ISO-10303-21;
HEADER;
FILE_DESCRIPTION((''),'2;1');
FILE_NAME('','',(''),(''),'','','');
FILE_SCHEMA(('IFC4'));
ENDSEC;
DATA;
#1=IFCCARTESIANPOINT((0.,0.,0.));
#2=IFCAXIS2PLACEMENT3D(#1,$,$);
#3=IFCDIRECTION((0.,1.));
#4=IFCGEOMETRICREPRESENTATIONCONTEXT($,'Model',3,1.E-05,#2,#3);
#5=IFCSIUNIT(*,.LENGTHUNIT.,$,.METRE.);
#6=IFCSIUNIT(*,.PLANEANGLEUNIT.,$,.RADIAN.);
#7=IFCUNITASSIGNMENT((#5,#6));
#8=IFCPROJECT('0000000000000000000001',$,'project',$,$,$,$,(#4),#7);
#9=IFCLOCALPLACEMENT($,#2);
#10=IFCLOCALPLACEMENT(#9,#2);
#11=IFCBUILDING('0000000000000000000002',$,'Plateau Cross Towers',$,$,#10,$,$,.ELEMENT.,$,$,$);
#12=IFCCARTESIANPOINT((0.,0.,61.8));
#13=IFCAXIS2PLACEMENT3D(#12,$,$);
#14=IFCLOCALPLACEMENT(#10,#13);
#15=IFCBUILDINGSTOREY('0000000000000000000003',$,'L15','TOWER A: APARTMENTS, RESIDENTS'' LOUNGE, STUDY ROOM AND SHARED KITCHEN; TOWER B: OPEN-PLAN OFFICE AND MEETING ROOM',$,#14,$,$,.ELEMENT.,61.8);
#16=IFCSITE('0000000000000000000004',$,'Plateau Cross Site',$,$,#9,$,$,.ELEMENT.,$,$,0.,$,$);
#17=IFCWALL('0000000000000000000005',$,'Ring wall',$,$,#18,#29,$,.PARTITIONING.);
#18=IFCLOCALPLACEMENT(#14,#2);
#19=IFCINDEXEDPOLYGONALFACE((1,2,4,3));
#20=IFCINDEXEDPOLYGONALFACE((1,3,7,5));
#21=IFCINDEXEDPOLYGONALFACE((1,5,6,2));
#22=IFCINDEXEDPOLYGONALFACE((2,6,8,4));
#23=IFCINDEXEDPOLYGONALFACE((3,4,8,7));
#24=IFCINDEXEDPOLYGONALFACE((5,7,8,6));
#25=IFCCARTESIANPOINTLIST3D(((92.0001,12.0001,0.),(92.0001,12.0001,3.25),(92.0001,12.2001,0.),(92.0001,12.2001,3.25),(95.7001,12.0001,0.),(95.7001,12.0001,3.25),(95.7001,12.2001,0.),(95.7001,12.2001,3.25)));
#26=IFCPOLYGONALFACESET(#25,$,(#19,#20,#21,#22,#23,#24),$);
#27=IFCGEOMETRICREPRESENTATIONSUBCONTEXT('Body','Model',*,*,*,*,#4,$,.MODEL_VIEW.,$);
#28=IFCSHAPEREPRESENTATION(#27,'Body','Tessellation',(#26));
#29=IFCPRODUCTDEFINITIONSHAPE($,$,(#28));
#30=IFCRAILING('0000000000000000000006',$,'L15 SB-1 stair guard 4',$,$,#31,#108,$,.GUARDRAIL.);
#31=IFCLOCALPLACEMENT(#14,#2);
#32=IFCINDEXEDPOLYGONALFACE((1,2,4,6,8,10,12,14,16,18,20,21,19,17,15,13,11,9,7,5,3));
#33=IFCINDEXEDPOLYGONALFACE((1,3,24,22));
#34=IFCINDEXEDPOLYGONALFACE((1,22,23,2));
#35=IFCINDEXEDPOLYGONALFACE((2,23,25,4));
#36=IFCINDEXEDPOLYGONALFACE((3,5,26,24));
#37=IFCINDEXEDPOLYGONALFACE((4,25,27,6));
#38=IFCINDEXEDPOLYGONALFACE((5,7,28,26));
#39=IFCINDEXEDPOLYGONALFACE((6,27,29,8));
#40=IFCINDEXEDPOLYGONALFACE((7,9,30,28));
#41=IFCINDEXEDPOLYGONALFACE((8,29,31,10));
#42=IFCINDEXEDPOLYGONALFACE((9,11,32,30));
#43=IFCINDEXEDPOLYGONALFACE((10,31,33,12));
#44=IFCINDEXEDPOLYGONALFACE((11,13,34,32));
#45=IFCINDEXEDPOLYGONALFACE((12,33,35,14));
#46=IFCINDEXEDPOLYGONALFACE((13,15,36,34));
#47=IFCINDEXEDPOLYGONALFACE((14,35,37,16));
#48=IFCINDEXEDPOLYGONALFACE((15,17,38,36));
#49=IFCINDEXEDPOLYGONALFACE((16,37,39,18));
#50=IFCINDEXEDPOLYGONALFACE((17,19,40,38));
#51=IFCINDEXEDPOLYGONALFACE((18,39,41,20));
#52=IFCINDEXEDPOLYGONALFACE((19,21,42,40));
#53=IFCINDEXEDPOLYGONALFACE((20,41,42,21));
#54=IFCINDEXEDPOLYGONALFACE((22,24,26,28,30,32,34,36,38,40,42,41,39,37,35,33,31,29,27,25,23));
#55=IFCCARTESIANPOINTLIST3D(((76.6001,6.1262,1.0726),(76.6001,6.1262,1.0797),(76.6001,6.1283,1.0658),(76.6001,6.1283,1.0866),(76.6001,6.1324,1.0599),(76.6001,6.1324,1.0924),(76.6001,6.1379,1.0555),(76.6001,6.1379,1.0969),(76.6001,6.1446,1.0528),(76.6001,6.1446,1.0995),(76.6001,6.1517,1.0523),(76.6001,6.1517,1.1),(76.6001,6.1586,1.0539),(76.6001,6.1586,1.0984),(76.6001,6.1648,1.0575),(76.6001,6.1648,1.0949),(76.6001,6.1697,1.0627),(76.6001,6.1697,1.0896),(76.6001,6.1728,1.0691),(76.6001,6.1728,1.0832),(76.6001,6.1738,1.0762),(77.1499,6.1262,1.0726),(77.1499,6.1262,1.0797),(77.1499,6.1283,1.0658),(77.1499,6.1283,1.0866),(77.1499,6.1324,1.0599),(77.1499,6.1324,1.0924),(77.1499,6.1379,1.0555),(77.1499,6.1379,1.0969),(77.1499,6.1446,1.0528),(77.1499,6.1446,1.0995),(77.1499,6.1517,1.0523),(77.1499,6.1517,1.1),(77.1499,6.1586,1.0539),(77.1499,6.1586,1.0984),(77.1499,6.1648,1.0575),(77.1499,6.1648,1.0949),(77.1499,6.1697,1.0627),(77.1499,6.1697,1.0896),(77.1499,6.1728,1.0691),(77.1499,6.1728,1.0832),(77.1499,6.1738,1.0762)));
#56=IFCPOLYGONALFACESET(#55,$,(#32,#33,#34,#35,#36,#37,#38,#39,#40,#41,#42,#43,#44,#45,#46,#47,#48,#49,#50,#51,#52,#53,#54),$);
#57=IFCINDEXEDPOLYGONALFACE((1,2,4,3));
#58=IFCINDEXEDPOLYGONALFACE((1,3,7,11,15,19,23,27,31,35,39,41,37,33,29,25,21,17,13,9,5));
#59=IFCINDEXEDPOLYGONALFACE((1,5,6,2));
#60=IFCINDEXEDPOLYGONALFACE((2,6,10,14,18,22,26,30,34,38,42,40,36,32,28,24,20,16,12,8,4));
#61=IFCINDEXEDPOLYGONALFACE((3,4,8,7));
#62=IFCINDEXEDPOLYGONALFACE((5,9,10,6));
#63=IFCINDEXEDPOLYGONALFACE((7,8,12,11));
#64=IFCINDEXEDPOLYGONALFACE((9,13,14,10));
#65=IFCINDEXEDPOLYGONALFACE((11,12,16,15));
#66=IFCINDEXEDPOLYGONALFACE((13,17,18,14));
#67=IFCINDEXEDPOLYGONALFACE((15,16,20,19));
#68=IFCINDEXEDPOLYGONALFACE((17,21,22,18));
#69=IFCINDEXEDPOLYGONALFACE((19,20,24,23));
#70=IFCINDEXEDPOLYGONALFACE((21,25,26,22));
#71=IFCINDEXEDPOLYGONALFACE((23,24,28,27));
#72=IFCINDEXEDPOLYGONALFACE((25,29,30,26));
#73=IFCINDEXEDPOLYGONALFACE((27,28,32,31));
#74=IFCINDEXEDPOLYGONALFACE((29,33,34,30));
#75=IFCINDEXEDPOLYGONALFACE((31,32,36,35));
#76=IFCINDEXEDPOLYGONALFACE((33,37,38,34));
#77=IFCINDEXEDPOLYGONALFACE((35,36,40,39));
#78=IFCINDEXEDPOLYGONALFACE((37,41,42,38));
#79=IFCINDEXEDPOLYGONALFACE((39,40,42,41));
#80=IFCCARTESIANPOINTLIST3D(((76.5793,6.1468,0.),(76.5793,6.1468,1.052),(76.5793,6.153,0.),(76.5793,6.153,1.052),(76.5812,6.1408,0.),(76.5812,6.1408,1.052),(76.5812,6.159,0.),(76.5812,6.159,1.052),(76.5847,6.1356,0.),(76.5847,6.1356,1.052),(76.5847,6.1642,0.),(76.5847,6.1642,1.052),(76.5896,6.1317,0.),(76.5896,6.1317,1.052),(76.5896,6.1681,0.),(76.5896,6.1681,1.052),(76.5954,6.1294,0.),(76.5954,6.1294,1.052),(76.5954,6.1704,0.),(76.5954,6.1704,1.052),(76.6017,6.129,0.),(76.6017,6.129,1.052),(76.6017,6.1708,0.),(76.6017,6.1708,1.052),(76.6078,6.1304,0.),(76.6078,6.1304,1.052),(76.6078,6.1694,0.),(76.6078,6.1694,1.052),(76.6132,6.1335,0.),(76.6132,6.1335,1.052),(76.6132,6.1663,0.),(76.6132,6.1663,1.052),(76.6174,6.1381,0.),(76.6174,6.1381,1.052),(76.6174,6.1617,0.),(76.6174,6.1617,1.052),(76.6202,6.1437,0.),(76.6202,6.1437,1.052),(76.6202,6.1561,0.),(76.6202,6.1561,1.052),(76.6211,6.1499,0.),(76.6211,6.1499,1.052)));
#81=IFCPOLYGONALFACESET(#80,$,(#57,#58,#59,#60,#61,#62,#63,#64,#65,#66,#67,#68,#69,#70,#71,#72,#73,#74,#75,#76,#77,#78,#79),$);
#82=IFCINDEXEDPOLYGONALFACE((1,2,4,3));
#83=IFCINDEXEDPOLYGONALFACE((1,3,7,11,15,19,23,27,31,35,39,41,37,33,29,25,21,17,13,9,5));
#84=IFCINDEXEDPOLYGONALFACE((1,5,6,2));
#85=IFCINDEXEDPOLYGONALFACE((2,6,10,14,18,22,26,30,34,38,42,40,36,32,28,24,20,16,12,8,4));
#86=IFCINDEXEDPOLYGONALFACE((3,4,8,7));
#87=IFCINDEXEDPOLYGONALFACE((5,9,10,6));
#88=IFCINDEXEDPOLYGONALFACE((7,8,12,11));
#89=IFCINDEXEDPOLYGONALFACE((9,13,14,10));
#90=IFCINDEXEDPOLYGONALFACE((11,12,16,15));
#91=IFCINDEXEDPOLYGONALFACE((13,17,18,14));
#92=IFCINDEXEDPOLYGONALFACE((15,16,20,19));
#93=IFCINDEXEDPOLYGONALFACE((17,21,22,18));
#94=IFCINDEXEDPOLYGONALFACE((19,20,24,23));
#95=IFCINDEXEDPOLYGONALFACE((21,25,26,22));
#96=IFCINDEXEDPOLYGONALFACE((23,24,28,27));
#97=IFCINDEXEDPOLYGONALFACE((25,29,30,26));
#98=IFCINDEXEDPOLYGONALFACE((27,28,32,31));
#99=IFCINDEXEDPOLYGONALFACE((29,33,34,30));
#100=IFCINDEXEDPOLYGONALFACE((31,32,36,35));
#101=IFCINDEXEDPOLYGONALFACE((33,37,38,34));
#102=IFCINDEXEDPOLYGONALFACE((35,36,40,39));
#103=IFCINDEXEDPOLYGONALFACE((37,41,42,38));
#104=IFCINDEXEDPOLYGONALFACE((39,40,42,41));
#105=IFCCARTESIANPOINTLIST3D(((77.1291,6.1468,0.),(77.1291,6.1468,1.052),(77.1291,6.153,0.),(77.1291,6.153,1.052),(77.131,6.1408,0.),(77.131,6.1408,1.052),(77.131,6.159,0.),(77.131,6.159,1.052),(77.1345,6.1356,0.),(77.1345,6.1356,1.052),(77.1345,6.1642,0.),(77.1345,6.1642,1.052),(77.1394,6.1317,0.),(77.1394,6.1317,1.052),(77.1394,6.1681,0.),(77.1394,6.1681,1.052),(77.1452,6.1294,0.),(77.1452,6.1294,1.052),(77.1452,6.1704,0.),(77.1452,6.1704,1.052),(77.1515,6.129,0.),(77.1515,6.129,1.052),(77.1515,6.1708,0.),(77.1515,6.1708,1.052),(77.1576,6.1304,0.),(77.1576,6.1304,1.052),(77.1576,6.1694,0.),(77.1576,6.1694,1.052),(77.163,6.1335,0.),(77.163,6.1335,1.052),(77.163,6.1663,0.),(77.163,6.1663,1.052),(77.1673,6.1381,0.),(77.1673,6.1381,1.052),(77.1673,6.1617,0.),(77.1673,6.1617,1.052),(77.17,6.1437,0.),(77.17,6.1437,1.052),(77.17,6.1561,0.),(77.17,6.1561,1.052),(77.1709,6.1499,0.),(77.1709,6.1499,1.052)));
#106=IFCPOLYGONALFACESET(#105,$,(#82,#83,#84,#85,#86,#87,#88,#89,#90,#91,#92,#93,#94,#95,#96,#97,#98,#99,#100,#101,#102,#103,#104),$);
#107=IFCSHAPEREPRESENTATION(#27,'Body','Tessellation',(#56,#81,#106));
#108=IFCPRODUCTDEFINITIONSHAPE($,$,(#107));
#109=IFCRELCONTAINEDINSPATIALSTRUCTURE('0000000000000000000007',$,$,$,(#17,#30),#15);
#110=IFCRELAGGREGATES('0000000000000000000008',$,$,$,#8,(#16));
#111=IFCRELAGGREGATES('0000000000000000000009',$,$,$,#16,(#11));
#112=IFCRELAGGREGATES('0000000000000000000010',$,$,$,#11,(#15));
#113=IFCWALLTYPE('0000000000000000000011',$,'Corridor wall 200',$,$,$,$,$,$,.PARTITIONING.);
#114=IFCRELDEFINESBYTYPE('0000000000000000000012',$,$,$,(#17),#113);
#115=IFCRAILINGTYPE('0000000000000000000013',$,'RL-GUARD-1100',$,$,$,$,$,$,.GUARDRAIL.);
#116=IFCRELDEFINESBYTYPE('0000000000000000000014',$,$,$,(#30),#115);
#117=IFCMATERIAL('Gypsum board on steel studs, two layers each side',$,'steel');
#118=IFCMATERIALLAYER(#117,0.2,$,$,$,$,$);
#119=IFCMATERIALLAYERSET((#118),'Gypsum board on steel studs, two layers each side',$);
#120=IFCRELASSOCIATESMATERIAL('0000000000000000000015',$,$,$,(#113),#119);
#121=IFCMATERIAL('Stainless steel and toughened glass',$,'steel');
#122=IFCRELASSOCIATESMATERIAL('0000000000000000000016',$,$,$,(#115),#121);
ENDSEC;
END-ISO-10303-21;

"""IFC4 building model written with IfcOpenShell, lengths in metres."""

from ifc_helpers import new_model, si_unit, direction, frame, frame_2d, origin, origin_2d, place, context, subcontext, project, spatial, rectangle, circle, extrude, material, layer, layer_set, type_object, element, save


model = new_model("IFC4")

# Units and contexts
model_context = context("Model", 3, precision=1e-05, world=origin(), true_north=direction((0.0, 1.0)))
body_context = subcontext(model_context, "Body", "Model", "MODEL_VIEW")
ifc_project = project(units=[si_unit("LENGTHUNIT", "METRE"), si_unit("PLANEANGLEUNIT", "RADIAN")], contexts=[model_context])

# Site, building, storey
site_placement = place(None, origin())
site = spatial("IfcSite", under=ifc_project, at=site_placement, Name="Plateau Cross Site", CompositionType="ELEMENT", RefElevation=0.0)
building_placement = place(site_placement, origin())
building = spatial("IfcBuilding", under=site, at=building_placement, Name="Plateau Cross Towers", CompositionType="ELEMENT")
storey_placement = place(building_placement, frame((0.0, 0.0, 61.8)))
storey = spatial("IfcBuildingStorey", under=building, at=storey_placement, Name="L15", Description="TOWER A: APARTMENTS, RESIDENTS' LOUNGE, STUDY ROOM AND SHARED KITCHEN; TOWER B: OPEN-PLAN OFFICE AND MEETING ROOM", CompositionType="ELEMENT", Elevation=61.8)

# Shared definitions
ifc_material_1 = material(Name="Gypsum board on steel studs, two layers each side", Category="steel")
ifc_layer_1 = layer(ifc_material_1, 0.2)
ifc_layer_set_1 = layer_set([ifc_layer_1], Name="Gypsum board on steel studs, two layers each side")
wall_type_1 = type_object("IfcWallType", Name="Corridor wall 200", PredefinedType="PARTITIONING", material=ifc_layer_set_1)

# Wall
for number, where, z_axis, x_axis, name in (
    (1, (92.0, 12.1001, 0.0), (0.0, 0.0, 1.0), (1.0, 0.0, 0.0), "Ring wall"),
):
    element("IfcWall", number, at=place(storey_placement, frame(where, z_axis=z_axis, x_axis=x_axis)), inside=storey, type_object=wall_type_1, Name=name, PredefinedType="PARTITIONING", context=body_context, shape_type="SweptSolid", body=[
        extrude(rectangle(XDim=3.7, YDim=0.2, at=frame_2d((1.8501, 0.0))), origin(), (0.0, 0.0, 1.0), 3.25),
    ])

# Railing
ifc_material_2 = material(Name="Stainless steel and toughened glass", Category="steel")
railing_type = type_object("IfcRailingType", Name="RL-GUARD-1100", PredefinedType="GUARDRAIL", material=ifc_material_2)
railing_1_placement = place(storey_placement, frame((76.6001, 6.1499, 0.0)))
element("IfcRailing", 2, at=railing_1_placement, inside=storey, type_object=railing_type, Name="L15 SB-1 stair guard 4", PredefinedType="GUARDRAIL", context=body_context, shape_type="SweptSolid", body=[
    extrude(circle(Radius=0.0239, at=origin_2d()), frame((0.0, 0.0, 1.0762), z_axis=(1.0, 0.0, 0.0), x_axis=(0.0, 1.0, 0.0)), (0.0, 0.0, 1.0), 0.5498),
    extrude(circle(Radius=0.021, at=origin_2d()), origin(), (0.0, 0.0, 1.0), 1.052),
    extrude(circle(Radius=0.021, at=origin_2d()), frame((0.5498, 0.0, 0.0)), (0.0, 0.0, 1.0), 1.052),
])

save(model, "model.ifc")
